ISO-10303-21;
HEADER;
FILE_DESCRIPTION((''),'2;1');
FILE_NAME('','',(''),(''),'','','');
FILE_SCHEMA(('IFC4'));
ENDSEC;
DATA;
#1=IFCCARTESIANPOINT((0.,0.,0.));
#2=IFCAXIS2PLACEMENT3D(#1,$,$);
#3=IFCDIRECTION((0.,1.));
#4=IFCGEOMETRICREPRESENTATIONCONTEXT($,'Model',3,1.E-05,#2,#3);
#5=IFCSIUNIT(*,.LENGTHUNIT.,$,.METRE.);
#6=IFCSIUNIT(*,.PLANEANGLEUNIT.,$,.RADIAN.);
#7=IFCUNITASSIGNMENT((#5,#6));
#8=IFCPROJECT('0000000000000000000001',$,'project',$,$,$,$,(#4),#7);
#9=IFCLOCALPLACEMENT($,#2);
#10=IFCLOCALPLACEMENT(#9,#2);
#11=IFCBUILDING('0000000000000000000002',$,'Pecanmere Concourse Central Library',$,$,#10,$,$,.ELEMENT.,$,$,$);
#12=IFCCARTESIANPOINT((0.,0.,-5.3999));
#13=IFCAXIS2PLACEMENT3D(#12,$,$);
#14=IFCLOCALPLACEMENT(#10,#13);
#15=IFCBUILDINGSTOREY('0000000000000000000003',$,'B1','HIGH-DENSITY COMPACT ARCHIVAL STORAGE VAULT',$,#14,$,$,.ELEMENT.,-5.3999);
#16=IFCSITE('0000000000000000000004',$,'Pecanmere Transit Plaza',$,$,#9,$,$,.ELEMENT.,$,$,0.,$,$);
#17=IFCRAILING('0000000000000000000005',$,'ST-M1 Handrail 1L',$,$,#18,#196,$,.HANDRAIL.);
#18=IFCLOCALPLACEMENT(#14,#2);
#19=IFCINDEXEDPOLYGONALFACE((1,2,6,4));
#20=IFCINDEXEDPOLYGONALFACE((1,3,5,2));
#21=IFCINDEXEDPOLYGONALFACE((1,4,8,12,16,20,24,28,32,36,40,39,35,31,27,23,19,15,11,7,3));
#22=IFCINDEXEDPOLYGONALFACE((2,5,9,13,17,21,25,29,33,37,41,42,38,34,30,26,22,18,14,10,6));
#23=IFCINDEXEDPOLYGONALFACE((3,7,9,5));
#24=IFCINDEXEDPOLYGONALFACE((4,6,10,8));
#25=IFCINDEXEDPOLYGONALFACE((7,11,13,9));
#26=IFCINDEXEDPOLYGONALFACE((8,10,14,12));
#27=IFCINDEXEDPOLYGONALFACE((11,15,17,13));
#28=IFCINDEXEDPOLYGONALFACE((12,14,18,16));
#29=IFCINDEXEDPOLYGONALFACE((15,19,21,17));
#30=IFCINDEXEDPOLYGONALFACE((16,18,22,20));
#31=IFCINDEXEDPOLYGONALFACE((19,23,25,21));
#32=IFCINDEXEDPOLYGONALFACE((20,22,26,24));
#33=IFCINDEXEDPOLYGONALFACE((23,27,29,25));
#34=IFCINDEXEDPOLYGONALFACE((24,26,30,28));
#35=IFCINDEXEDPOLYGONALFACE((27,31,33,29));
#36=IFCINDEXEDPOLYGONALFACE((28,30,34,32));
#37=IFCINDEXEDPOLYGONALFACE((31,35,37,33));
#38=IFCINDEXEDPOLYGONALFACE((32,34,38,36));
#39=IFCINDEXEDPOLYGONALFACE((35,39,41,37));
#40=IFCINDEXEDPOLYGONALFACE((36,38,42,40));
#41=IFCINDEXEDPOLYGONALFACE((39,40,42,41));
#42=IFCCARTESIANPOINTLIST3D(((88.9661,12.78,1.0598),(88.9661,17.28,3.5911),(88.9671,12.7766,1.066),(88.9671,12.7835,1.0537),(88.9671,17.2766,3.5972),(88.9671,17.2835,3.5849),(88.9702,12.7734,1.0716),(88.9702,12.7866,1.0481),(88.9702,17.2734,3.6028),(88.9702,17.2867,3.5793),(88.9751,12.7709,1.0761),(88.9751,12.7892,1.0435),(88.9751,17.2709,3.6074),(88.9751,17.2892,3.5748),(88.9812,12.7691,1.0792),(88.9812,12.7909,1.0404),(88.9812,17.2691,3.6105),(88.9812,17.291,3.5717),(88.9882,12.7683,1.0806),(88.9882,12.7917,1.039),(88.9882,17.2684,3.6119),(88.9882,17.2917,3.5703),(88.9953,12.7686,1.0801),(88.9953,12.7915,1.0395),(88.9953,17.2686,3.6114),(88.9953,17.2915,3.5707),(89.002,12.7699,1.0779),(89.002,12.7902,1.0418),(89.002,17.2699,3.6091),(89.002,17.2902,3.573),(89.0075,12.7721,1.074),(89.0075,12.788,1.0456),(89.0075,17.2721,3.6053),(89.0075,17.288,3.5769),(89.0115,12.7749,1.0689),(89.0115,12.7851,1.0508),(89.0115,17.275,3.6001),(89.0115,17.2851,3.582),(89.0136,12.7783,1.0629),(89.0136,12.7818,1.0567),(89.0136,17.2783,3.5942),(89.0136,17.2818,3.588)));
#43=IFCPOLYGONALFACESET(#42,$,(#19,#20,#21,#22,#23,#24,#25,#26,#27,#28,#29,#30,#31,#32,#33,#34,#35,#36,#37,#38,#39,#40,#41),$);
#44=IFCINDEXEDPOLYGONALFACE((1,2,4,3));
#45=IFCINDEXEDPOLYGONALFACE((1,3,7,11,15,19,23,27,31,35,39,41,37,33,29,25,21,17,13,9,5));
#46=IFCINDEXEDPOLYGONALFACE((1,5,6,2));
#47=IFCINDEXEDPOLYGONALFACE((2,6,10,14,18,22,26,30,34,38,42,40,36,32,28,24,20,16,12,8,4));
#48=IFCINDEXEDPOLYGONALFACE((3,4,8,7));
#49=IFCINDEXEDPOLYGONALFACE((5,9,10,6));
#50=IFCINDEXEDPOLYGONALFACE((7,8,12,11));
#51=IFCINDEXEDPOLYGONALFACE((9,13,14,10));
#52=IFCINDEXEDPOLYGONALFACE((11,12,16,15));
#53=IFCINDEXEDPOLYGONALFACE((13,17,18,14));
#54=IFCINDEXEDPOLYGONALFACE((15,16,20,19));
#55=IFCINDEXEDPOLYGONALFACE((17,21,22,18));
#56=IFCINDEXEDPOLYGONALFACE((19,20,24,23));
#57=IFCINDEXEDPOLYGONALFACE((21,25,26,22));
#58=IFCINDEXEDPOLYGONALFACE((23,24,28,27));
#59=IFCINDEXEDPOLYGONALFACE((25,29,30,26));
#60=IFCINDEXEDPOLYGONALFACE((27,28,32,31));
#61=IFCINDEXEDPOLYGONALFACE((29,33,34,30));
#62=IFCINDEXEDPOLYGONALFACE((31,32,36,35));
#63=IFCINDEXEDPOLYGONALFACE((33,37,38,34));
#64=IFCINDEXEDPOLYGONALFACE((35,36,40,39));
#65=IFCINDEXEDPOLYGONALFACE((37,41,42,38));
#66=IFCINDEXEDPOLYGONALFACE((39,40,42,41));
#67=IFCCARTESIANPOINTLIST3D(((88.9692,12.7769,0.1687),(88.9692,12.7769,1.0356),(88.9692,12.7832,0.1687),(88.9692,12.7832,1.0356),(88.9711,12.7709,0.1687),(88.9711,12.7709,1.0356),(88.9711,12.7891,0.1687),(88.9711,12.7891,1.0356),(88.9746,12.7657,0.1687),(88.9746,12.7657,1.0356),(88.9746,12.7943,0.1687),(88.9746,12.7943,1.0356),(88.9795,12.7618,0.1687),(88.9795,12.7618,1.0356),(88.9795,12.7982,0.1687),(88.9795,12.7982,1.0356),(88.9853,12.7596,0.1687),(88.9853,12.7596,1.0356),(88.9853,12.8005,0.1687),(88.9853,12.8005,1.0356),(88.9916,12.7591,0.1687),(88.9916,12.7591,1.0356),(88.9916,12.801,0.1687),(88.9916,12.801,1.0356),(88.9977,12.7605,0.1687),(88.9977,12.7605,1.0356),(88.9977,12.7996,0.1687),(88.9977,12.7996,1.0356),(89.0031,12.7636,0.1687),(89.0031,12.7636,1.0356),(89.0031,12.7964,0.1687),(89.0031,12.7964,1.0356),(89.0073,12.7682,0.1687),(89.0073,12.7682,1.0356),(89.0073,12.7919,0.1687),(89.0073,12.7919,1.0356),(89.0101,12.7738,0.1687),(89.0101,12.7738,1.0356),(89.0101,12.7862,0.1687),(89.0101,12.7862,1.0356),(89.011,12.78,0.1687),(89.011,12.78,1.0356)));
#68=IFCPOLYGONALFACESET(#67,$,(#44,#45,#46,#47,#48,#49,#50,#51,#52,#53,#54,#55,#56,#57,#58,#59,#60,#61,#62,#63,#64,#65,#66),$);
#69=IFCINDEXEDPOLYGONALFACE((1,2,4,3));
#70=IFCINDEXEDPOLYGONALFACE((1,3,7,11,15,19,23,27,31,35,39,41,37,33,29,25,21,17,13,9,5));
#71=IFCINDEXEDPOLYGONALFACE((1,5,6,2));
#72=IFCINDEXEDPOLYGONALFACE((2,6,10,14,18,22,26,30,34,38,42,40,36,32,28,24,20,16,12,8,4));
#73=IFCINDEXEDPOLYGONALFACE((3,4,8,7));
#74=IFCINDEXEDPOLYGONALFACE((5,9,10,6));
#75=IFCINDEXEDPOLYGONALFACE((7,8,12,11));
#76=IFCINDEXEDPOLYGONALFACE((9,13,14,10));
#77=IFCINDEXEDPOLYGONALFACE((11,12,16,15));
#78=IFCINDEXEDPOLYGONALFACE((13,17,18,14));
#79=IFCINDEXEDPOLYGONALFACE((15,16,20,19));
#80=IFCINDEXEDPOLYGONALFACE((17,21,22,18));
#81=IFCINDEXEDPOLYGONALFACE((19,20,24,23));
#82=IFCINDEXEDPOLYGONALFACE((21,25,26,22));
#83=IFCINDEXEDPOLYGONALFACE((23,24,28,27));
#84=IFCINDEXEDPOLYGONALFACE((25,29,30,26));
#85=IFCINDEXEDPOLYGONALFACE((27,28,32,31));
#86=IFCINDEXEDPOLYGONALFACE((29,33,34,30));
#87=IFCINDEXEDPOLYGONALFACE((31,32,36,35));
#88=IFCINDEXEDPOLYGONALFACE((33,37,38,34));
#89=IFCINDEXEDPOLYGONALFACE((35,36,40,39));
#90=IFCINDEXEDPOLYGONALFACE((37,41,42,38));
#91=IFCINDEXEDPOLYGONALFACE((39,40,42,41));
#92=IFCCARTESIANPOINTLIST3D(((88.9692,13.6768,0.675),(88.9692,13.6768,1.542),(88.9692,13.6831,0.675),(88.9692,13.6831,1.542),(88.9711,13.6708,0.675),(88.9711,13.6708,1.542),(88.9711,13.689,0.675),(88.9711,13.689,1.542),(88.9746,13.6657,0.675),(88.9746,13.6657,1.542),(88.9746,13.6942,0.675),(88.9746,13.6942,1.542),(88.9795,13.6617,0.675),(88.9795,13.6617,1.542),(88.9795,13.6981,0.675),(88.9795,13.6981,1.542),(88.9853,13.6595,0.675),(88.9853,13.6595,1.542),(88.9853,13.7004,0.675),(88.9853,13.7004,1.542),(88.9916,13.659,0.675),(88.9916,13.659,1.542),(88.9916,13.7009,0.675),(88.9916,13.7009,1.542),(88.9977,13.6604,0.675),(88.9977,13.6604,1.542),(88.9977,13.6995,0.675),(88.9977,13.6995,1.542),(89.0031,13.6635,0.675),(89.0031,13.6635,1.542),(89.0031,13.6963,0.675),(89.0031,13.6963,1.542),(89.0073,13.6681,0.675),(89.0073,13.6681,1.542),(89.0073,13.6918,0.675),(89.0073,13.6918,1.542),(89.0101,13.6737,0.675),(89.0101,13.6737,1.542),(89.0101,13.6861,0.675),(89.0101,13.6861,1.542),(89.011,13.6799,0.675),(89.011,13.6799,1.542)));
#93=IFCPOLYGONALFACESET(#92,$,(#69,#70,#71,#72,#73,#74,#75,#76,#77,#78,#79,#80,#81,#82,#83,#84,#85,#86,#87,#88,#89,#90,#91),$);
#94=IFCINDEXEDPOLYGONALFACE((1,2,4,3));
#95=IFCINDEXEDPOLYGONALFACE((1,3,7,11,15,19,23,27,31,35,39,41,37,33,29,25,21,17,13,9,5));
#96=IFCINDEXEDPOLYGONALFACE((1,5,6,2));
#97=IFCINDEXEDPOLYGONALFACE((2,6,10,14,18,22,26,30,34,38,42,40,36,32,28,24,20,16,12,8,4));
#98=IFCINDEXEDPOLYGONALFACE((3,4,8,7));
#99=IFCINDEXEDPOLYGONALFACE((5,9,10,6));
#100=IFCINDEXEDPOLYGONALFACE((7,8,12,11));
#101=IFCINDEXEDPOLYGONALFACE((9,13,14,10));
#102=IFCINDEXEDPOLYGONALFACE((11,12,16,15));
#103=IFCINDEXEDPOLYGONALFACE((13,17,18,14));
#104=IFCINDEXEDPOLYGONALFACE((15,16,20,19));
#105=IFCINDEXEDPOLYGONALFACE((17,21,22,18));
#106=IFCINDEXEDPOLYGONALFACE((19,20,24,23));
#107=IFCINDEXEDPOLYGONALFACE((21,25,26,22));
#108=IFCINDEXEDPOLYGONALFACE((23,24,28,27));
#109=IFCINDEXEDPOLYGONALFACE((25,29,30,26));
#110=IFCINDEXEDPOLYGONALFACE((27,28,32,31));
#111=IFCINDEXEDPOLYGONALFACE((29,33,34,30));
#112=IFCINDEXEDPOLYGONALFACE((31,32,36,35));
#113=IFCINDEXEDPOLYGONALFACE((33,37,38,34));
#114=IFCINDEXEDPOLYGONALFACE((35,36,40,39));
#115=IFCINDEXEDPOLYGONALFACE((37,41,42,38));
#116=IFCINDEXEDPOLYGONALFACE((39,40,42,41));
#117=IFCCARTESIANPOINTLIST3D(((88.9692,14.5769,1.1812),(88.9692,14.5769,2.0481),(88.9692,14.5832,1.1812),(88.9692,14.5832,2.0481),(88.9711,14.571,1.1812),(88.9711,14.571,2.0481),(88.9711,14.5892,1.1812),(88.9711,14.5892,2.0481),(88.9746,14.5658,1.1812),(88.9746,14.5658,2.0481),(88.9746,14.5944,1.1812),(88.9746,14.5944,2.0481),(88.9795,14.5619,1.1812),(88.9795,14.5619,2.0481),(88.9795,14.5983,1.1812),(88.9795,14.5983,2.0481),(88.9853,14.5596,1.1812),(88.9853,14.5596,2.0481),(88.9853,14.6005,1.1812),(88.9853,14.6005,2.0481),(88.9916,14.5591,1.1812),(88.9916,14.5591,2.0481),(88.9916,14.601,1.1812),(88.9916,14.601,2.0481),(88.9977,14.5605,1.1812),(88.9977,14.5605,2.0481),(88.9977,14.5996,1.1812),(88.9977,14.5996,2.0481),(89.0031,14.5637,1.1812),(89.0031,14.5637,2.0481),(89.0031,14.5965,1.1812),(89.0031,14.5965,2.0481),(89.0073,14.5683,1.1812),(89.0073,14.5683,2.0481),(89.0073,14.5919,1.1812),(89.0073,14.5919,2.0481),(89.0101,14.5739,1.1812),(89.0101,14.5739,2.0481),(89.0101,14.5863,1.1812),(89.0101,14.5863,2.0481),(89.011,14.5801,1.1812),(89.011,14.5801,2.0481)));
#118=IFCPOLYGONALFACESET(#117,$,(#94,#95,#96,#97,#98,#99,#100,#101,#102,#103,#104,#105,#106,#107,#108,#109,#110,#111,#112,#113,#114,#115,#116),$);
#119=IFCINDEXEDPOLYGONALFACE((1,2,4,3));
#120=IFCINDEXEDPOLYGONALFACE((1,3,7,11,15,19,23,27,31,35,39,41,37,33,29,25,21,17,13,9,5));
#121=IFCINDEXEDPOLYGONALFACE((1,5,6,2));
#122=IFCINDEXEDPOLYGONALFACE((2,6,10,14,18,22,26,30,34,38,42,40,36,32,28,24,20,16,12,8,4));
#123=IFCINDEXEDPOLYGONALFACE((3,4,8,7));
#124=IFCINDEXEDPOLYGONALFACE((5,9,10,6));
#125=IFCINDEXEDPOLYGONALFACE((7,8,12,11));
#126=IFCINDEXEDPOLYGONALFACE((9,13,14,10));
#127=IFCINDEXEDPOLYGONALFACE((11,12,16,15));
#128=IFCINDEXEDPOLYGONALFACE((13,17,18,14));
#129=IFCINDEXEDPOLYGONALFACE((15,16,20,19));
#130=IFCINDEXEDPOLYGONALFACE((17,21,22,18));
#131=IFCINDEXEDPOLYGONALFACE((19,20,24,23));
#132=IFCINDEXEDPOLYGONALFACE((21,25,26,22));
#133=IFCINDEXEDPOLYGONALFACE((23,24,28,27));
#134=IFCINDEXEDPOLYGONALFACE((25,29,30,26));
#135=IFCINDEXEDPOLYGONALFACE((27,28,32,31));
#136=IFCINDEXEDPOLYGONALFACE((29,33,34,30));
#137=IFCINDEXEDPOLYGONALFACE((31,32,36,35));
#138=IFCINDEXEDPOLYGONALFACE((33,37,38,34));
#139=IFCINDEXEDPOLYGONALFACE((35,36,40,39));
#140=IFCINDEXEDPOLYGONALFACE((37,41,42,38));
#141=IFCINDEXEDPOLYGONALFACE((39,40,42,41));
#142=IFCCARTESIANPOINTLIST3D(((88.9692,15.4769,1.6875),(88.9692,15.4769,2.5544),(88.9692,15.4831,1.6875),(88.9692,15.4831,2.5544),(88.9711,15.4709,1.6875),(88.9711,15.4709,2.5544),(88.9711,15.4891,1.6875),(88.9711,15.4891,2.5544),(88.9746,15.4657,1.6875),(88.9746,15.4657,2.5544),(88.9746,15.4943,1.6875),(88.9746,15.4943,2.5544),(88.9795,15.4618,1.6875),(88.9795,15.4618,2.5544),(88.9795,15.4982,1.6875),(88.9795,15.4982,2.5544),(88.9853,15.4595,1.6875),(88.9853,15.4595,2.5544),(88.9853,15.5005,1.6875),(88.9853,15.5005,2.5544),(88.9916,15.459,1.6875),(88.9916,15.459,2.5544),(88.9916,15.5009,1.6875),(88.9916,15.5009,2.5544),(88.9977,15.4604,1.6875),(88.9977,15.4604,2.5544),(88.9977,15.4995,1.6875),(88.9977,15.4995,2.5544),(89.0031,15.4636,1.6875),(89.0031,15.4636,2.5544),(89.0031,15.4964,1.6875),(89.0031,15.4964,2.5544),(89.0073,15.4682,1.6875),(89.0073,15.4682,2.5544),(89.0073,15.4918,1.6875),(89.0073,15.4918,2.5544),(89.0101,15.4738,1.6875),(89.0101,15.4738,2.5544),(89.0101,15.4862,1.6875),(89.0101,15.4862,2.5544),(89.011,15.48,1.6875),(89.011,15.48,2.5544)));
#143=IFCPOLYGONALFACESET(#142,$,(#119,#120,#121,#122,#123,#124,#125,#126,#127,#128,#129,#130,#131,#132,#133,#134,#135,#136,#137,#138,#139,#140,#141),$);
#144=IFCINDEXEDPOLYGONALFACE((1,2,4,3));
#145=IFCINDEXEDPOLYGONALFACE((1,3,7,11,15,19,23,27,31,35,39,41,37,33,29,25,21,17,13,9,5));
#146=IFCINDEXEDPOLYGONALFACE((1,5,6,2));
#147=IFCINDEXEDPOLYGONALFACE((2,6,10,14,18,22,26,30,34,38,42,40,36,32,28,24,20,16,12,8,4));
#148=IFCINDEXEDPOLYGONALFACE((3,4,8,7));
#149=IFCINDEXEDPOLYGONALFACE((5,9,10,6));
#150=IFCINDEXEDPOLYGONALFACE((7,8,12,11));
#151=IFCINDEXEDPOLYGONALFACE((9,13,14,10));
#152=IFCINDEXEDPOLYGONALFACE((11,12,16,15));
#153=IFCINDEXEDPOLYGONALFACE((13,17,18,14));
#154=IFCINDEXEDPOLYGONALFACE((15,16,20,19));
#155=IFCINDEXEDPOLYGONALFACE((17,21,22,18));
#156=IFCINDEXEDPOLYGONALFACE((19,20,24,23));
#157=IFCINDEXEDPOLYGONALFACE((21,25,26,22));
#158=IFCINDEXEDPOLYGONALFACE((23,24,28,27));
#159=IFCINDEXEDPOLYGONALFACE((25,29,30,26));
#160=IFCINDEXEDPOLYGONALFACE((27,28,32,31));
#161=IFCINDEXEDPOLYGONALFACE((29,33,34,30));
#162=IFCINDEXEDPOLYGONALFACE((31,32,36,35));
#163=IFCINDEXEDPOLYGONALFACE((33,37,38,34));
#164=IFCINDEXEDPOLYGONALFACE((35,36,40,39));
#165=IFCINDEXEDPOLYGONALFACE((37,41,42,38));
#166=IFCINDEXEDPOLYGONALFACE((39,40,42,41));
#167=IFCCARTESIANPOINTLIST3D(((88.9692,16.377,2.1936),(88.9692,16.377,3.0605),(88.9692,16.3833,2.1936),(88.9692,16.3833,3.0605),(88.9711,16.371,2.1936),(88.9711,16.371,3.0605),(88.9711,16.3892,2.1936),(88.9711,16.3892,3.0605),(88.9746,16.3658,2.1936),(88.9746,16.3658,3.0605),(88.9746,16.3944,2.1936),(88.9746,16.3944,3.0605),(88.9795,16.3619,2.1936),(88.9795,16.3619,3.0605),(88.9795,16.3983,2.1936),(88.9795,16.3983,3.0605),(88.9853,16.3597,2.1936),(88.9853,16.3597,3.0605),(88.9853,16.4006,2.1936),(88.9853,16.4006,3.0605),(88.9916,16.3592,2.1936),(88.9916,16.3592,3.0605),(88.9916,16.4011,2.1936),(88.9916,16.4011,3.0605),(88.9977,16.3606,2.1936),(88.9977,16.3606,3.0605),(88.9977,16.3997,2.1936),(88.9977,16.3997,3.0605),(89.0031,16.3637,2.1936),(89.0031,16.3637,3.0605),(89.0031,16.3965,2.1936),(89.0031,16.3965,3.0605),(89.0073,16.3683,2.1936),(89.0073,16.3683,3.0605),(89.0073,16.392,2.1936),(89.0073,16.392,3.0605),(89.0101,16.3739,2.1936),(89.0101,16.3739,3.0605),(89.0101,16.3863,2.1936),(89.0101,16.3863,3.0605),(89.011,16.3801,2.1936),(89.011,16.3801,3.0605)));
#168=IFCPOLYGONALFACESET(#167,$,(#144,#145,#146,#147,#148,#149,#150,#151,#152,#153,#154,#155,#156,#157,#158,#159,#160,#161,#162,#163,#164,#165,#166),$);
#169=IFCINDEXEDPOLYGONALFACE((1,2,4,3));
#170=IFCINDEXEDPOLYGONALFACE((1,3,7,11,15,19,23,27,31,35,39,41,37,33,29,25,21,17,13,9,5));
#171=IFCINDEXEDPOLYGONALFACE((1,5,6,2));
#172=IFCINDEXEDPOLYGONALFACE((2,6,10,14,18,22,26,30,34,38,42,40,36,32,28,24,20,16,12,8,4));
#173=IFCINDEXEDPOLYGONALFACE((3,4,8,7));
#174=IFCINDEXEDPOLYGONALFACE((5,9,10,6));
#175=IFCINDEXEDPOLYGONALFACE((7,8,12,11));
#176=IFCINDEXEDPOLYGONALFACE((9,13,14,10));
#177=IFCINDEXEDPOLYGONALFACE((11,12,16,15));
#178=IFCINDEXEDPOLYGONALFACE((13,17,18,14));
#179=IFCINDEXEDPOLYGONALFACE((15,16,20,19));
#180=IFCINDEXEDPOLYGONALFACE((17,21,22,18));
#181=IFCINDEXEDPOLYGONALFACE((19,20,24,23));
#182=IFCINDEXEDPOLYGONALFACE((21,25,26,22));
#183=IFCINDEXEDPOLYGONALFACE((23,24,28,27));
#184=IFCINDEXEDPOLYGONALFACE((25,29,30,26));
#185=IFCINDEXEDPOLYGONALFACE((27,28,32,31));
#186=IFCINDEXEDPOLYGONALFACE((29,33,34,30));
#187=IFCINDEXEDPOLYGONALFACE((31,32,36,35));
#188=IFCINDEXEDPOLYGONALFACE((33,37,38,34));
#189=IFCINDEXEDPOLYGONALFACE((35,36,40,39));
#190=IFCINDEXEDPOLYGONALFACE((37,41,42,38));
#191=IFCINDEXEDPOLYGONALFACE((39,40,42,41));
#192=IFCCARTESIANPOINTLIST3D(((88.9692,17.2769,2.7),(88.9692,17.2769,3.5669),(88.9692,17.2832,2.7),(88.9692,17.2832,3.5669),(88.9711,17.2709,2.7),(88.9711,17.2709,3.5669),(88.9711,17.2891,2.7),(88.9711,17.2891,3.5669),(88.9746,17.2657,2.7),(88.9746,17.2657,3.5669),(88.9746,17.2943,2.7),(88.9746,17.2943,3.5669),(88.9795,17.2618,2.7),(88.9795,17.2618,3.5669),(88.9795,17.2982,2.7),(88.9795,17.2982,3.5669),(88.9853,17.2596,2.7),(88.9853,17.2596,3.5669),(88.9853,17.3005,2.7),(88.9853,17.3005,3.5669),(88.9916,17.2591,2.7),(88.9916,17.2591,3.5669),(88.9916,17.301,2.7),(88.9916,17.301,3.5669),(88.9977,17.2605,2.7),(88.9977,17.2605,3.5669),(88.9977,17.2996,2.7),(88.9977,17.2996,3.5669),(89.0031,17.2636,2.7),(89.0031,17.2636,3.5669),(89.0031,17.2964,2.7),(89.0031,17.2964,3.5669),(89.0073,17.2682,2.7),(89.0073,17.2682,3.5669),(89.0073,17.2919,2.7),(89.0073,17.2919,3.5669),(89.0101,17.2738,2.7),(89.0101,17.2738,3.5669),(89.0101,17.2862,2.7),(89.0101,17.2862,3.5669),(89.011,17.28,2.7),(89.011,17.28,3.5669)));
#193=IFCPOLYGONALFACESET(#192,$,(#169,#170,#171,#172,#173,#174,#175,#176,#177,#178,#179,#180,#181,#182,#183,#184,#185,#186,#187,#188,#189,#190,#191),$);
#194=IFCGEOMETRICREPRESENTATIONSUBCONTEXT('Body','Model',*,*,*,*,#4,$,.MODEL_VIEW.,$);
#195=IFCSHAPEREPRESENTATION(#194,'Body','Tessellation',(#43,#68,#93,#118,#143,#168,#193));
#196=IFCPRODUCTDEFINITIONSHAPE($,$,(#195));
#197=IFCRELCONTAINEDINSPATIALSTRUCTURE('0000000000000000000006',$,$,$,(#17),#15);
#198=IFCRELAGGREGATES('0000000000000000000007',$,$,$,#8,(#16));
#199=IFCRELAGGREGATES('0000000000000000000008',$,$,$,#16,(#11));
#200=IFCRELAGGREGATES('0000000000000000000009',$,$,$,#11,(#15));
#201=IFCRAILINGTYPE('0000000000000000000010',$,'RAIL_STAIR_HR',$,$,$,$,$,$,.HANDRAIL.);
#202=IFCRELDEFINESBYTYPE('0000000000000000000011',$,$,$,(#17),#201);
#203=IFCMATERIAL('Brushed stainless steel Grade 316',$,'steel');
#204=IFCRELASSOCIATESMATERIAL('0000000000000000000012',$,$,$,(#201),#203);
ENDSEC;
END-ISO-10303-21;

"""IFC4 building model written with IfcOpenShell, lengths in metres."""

from ifc_helpers import new_model, si_unit, direction, frame, origin, origin_2d, place, context, subcontext, project, spatial, circle, extrude, material, type_object, element, save


model = new_model("IFC4")

# Units and contexts
model_context = context("Model", 3, precision=1e-05, world=origin(), true_north=direction((0.0, 1.0)))
body_context = subcontext(model_context, "Body", "Model", "MODEL_VIEW")
ifc_project = project(units=[si_unit("LENGTHUNIT", "METRE"), si_unit("PLANEANGLEUNIT", "RADIAN")], contexts=[model_context])

# Site, building, storey
site_placement = place(None, origin())
site = spatial("IfcSite", under=ifc_project, at=site_placement, Name="Pecanmere Transit Plaza", CompositionType="ELEMENT", RefElevation=0.0)
building_placement = place(site_placement, origin())
building = spatial("IfcBuilding", under=site, at=building_placement, Name="Pecanmere Concourse Central Library", CompositionType="ELEMENT")
storey_placement = place(building_placement, frame((0.0, 0.0, -5.3999)))
storey = spatial("IfcBuildingStorey", under=building, at=storey_placement, Name="B1", Description="HIGH-DENSITY COMPACT ARCHIVAL STORAGE VAULT", CompositionType="ELEMENT", Elevation=-5.3999)

# Railing
ifc_material_1 = material(Name="Brushed stainless steel Grade 316", Category="steel")
railing_type_1 = type_object("IfcRailingType", Name="RAIL_STAIR_HR", PredefinedType="HANDRAIL", material=ifc_material_1)
for number, where, name in (
    (1, (88.99, 12.78, 0.1687), "ST-M1 Handrail 1L"),
):
    element("IfcRailing", number, at=place(storey_placement, frame(where)), inside=storey, type_object=railing_type_1, Name=name, PredefinedType="HANDRAIL", context=body_context, shape_type="SweptSolid", body=[
        extrude(circle(Radius=0.0239, at=origin_2d()), frame((0.0, 0.0, 0.8911), z_axis=(0.0, 0.871576, 0.490261), x_axis=(-1.0, 0.0, 0.0)), (0.0, 0.0, 1.0), 5.1631),
        extrude(circle(Radius=0.021, at=origin_2d()), origin(), (0.0, 0.0, 1.0), 0.8669),
        extrude(circle(Radius=0.021, at=origin_2d()), frame((0.0, 0.8999, 0.5063)), (0.0, 0.0, 1.0), 0.8669),
        extrude(circle(Radius=0.021, at=origin_2d()), frame((0.0, 1.8, 1.0125)), (0.0, 0.0, 1.0), 0.8669),
        extrude(circle(Radius=0.021, at=origin_2d()), frame((0.0, 2.7, 1.5188)), (0.0, 0.0, 1.0), 0.8669),
        extrude(circle(Radius=0.021, at=origin_2d()), frame((0.0, 3.6001, 2.0249)), (0.0, 0.0, 1.0), 0.8669),
        extrude(circle(Radius=0.021, at=origin_2d()), frame((0.0, 4.5, 2.5312)), (0.0, 0.0, 1.0), 0.8669),
    ])

save(model, "model.ifc")
